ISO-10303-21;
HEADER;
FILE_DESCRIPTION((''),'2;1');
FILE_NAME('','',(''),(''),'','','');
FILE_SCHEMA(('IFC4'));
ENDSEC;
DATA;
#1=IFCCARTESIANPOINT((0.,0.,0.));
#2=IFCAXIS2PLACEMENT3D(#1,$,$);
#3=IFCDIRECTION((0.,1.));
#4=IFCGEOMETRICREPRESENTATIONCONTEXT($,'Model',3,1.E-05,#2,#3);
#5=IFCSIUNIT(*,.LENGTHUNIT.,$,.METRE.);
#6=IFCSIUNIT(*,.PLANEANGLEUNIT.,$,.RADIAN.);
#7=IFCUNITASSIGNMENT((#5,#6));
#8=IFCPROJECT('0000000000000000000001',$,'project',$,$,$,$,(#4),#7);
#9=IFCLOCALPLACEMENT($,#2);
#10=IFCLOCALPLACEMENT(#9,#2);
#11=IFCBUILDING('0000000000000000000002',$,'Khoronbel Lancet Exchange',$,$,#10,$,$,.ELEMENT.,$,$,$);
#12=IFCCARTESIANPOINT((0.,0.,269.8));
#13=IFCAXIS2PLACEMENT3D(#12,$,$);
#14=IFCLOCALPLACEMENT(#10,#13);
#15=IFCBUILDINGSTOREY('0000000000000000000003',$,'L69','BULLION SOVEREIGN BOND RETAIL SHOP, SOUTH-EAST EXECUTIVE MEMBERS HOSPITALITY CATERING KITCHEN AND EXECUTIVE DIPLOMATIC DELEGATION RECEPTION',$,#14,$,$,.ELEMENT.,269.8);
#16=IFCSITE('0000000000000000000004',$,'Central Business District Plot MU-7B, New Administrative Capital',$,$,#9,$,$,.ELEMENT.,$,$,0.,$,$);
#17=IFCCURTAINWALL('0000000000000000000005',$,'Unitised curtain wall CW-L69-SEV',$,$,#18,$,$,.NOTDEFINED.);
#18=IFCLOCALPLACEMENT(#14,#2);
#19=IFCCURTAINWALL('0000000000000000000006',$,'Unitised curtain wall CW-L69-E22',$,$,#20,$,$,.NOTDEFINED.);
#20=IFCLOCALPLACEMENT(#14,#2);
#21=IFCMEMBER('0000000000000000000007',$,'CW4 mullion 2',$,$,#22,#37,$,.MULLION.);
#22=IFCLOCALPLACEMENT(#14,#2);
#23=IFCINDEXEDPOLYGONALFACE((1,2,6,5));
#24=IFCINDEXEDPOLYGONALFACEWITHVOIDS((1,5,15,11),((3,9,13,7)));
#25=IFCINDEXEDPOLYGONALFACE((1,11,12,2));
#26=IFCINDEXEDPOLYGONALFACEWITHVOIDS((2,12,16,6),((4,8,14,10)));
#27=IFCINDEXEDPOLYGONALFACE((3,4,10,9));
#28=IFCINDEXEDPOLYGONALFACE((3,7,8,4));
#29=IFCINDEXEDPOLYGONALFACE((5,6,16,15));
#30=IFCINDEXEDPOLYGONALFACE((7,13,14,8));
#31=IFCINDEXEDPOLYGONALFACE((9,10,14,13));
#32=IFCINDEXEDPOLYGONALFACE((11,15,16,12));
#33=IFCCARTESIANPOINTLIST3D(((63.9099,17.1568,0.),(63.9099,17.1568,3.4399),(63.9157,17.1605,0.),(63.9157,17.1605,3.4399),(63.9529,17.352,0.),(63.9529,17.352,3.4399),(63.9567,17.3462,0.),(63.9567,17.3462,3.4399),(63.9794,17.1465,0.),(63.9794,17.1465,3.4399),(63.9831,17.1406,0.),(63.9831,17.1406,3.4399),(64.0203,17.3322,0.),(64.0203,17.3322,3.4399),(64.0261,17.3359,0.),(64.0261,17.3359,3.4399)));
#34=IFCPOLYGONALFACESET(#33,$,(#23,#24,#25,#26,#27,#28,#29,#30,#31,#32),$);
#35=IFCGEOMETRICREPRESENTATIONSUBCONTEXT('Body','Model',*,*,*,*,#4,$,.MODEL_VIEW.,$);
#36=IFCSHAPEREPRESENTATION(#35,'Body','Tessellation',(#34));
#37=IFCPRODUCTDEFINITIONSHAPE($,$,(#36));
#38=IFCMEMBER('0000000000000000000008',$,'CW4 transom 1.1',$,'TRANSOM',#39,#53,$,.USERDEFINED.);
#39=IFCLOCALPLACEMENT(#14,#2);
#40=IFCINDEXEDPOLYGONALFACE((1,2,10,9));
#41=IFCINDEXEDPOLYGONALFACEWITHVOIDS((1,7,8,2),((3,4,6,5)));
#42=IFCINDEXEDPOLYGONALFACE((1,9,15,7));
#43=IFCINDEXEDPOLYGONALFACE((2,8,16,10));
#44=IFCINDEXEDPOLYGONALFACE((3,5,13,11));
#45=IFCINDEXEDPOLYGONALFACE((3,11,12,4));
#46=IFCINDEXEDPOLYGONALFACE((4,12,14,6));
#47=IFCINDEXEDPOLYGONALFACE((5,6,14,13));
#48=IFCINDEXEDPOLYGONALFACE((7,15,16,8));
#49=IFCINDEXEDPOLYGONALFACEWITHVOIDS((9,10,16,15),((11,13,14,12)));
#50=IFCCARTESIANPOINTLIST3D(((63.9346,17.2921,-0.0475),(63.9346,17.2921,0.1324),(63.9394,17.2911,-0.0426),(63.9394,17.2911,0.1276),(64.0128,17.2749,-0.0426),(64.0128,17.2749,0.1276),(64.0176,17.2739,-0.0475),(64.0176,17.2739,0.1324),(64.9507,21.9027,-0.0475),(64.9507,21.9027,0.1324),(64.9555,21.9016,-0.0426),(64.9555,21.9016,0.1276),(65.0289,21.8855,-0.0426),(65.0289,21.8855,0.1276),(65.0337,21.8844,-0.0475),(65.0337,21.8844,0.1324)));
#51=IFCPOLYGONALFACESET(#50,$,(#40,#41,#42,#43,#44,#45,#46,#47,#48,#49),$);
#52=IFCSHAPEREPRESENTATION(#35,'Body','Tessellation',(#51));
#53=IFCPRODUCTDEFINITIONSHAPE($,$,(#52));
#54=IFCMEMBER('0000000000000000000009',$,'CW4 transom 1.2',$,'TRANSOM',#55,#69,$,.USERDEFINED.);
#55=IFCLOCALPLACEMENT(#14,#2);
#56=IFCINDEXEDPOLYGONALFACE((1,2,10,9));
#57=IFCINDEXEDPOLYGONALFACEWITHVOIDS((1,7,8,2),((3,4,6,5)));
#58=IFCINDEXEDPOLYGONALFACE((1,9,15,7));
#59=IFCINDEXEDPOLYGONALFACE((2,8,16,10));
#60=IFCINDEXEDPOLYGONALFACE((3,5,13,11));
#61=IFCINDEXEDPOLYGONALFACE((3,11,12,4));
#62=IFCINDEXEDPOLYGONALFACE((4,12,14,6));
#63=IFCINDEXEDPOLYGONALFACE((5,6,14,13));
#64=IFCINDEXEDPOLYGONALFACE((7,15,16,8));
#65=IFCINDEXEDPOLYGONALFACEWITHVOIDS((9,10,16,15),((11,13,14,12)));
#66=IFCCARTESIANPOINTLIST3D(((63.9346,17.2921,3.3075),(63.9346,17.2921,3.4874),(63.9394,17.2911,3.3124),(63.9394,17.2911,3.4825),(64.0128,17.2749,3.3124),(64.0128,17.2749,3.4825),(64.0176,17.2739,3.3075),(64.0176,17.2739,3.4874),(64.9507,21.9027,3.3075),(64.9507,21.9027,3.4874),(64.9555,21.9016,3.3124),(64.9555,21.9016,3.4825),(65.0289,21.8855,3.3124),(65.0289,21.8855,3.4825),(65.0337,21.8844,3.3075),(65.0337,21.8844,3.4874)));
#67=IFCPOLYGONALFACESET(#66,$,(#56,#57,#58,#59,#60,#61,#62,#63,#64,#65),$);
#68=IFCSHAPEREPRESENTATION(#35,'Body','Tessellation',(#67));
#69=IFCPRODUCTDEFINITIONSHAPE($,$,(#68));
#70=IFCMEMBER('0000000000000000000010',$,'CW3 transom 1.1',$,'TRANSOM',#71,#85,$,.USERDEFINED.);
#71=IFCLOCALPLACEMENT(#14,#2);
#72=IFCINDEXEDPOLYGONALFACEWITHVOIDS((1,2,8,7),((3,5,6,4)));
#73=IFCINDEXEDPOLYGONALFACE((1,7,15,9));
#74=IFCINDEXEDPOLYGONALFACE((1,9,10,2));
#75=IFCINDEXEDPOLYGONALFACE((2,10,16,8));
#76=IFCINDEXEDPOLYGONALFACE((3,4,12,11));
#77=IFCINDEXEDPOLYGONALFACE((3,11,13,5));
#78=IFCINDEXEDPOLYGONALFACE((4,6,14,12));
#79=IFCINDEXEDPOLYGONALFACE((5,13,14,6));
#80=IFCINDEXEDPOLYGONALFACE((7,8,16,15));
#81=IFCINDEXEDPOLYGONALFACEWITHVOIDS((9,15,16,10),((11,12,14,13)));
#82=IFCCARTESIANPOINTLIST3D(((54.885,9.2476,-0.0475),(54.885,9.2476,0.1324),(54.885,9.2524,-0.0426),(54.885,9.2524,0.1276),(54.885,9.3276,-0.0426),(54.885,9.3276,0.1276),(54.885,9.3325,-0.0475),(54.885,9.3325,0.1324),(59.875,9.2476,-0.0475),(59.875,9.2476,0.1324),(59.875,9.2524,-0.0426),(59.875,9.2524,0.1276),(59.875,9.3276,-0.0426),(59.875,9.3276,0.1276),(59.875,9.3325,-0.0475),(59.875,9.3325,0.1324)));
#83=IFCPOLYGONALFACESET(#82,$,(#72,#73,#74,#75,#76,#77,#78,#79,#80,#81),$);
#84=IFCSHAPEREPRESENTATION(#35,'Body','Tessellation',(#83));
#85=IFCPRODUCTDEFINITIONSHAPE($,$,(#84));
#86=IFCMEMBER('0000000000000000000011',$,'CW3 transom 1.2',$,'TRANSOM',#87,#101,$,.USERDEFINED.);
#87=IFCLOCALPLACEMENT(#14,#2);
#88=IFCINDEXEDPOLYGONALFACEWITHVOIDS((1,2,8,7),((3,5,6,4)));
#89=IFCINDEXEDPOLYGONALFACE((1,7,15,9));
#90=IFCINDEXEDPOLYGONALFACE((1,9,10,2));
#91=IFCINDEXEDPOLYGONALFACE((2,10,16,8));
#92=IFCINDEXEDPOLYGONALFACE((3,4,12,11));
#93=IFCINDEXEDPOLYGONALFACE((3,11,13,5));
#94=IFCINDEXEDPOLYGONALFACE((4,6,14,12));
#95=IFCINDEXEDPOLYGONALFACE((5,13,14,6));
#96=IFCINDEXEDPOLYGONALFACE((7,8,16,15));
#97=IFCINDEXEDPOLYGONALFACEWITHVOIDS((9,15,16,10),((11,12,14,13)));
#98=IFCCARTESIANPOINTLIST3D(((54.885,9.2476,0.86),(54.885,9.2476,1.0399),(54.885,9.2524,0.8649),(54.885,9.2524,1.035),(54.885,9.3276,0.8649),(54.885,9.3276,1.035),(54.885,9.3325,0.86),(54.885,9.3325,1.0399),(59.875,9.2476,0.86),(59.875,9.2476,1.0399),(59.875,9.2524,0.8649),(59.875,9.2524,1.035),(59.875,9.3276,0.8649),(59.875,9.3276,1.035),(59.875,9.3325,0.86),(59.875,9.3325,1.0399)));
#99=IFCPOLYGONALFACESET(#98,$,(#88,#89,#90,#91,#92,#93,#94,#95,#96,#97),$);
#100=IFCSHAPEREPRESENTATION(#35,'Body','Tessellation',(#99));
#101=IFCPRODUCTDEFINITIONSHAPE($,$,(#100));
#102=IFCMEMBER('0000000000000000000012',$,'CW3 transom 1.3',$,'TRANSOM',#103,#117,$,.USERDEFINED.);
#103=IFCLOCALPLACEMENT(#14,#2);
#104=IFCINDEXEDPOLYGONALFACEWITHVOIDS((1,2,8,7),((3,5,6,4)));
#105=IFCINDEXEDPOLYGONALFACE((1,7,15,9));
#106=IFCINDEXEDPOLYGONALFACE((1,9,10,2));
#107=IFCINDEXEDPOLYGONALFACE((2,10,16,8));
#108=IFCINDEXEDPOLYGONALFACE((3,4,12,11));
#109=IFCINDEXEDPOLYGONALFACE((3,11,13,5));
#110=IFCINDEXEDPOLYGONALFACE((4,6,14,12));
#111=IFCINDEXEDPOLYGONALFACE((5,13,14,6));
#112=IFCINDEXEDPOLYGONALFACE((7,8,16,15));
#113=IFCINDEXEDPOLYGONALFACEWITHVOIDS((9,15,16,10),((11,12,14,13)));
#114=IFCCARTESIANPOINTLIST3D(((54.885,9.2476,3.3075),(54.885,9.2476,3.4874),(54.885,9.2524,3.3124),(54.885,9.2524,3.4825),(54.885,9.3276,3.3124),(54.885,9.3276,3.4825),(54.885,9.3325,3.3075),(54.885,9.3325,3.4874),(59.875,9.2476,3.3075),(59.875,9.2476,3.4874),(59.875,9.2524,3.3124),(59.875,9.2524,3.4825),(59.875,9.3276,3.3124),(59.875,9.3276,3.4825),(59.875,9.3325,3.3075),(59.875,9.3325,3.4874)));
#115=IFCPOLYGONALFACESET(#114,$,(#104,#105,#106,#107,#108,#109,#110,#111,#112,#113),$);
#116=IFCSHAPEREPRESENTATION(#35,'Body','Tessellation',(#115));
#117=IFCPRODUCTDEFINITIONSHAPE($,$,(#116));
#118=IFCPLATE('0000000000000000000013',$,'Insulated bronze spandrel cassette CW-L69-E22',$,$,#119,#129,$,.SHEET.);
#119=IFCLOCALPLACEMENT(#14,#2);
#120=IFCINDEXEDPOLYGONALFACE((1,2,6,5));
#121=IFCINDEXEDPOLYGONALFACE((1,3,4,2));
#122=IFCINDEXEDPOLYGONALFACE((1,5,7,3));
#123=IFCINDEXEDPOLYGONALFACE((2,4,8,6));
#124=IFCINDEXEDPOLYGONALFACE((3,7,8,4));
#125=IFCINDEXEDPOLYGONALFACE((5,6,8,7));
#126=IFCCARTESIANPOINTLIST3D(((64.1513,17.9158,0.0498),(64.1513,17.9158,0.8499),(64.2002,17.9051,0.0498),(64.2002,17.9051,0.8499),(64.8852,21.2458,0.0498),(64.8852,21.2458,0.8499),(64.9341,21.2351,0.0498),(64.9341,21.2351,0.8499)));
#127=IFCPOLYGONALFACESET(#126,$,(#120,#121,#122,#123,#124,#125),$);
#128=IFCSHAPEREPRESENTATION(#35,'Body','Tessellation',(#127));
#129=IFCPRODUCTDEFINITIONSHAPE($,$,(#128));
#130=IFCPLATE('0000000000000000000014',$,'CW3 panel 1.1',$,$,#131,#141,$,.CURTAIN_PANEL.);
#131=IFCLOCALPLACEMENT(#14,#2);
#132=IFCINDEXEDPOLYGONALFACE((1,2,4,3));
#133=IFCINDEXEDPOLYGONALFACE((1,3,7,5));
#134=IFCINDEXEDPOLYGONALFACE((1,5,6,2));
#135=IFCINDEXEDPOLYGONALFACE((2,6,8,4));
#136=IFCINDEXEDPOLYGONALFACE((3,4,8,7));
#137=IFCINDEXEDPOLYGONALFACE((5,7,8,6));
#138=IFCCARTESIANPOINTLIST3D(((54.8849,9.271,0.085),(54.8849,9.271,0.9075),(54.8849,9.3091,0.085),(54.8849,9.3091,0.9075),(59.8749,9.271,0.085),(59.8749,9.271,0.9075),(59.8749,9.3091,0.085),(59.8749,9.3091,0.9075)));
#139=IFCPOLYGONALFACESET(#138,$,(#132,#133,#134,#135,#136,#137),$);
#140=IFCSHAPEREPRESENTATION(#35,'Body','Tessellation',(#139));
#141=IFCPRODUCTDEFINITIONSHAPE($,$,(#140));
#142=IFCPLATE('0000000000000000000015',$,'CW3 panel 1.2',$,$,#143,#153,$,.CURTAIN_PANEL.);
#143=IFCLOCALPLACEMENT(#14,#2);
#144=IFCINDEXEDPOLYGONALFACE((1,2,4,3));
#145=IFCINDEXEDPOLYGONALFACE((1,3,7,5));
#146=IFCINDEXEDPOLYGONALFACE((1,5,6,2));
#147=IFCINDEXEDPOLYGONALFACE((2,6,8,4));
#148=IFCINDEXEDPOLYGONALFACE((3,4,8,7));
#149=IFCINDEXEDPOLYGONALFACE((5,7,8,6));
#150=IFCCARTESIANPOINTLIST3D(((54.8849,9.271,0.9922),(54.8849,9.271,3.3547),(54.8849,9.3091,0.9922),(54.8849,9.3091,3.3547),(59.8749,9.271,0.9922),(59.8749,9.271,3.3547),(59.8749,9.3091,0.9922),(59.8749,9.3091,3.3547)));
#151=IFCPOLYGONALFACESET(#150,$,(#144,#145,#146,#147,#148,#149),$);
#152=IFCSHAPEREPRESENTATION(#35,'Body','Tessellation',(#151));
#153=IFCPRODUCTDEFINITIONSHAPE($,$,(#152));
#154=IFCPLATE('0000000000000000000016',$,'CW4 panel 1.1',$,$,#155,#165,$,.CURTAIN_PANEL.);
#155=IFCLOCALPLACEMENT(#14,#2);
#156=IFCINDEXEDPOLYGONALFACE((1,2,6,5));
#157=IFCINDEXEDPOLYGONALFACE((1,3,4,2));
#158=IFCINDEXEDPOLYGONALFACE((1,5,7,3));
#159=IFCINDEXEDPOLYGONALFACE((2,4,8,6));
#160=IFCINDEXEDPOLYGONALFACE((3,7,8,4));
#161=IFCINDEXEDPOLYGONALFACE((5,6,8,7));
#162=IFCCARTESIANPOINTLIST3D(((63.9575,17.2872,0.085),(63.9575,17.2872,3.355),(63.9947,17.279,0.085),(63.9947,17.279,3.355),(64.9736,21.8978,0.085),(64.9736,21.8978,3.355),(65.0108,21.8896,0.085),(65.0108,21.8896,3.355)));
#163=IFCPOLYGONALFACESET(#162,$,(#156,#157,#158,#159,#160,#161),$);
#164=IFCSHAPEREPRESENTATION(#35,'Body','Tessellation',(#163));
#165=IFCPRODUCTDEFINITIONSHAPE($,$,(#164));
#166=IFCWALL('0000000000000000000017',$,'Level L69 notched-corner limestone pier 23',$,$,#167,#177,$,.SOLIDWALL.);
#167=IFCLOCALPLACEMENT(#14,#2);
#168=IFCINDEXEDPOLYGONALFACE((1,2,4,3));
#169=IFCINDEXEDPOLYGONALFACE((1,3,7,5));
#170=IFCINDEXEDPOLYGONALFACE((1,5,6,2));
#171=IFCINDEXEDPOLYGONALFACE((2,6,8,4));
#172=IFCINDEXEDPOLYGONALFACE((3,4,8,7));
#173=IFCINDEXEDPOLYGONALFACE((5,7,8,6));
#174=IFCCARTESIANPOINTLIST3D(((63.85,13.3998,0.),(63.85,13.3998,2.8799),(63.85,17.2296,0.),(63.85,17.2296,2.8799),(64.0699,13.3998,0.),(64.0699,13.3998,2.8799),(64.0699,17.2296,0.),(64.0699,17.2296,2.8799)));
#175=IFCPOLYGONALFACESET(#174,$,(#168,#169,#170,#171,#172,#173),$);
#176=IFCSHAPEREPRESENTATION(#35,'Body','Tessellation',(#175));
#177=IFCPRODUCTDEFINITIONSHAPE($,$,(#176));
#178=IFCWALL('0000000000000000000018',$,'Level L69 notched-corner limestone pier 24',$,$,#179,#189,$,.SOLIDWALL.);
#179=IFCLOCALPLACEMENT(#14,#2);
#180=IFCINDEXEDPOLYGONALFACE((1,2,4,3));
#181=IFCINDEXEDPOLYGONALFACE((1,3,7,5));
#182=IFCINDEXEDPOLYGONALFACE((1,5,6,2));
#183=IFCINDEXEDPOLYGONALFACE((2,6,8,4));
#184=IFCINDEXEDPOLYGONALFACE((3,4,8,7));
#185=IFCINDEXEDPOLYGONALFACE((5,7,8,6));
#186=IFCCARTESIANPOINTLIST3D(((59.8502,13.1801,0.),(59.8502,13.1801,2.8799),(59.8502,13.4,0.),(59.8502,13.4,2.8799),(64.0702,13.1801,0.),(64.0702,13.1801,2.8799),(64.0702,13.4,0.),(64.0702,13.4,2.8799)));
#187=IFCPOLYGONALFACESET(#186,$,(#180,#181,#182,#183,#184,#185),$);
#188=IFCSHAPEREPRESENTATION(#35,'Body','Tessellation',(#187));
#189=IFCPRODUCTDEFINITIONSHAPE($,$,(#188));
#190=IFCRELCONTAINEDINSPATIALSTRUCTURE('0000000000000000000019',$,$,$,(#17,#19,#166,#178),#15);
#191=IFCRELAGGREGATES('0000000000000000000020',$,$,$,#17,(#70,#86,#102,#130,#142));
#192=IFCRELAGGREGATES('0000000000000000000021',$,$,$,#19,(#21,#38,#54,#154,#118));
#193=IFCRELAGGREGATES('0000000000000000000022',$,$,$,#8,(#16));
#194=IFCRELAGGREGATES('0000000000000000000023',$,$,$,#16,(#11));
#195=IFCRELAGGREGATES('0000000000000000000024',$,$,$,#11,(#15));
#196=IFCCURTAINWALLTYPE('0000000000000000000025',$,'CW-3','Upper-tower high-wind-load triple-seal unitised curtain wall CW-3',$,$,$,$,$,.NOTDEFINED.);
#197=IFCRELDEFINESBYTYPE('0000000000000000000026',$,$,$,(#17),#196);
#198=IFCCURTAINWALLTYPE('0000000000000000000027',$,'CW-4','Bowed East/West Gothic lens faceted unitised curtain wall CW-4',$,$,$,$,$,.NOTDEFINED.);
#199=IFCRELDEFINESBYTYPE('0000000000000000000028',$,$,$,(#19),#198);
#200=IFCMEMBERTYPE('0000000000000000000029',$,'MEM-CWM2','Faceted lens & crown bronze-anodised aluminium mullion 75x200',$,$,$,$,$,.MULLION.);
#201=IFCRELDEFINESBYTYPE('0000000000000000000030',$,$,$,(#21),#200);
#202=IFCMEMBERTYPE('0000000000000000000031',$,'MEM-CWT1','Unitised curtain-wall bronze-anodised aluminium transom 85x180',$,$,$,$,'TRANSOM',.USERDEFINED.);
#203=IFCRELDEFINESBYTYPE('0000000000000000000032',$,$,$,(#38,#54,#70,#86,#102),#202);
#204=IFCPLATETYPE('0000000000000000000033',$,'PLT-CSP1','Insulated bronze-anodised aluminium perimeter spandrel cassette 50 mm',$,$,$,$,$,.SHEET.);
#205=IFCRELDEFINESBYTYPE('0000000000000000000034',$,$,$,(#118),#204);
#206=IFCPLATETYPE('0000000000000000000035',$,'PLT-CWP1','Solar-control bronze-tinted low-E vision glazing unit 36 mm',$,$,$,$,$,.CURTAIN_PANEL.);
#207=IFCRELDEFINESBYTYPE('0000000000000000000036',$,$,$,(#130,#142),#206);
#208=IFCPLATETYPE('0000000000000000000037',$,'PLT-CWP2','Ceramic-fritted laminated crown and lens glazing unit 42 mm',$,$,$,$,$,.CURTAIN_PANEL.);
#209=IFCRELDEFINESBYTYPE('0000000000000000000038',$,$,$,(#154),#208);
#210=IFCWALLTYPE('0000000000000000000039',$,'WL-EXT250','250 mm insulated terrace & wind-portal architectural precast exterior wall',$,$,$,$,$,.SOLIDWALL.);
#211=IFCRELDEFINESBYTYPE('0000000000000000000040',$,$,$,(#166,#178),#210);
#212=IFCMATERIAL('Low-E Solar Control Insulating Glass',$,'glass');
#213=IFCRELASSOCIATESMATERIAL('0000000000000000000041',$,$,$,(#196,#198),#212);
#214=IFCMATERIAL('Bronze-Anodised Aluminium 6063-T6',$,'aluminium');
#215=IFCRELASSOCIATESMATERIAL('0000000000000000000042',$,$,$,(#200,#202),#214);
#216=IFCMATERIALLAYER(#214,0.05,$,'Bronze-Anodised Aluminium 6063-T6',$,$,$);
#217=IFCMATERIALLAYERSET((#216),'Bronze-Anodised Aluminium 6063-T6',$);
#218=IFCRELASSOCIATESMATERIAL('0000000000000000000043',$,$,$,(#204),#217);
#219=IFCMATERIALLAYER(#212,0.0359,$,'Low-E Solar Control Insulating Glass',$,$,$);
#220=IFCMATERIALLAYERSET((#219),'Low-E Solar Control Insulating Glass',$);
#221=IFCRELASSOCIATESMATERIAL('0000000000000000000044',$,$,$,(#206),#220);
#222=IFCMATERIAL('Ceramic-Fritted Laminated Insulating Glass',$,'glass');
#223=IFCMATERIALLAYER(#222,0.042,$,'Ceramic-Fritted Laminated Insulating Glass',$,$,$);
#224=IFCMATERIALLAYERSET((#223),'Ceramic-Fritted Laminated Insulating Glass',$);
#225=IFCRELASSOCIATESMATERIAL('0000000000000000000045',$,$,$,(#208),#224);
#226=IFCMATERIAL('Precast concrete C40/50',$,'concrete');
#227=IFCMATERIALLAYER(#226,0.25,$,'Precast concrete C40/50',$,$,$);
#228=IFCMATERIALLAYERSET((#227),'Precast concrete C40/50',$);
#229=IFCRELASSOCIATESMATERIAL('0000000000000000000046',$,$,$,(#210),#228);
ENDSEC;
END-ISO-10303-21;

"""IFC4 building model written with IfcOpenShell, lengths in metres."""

from ifc_helpers import new_model, si_unit, direction, frame, frame_2d, origin, origin_2d, place, context, subcontext, project, spatial, rectangle, hollow_rectangle, extrude, material, layer, layer_set, material_profile, profile_set, type_object, element, aggregate, save


model = new_model("IFC4")

# Units and contexts
model_context = context("Model", 3, precision=1e-05, world=origin(), true_north=direction((0.0, 1.0)))
body_context = subcontext(model_context, "Body", "Model", "MODEL_VIEW")
ifc_project = project(units=[si_unit("LENGTHUNIT", "METRE"), si_unit("PLANEANGLEUNIT", "RADIAN")], contexts=[model_context])

# Site, building, storey
site_placement = place(None, origin())
site = spatial("IfcSite", under=ifc_project, at=site_placement, Name="Central Business District Plot MU-7B, New Administrative Capital", CompositionType="ELEMENT", RefElevation=0.0)
building_placement = place(site_placement, origin())
building = spatial("IfcBuilding", under=site, at=building_placement, Name="Khoronbel Lancet Exchange", CompositionType="ELEMENT")
storey_placement = place(building_placement, frame((0.0, 0.0, 269.8)))
storey = spatial("IfcBuildingStorey", under=building, at=storey_placement, Name="L69", Description="BULLION SOVEREIGN BOND RETAIL SHOP, SOUTH-EAST EXECUTIVE MEMBERS HOSPITALITY CATERING KITCHEN AND EXECUTIVE DIPLOMATIC DELEGATION RECEPTION", CompositionType="ELEMENT", Elevation=269.8)

# Shared definitions
ifc_material_1 = material(Name="Low-E Solar Control Insulating Glass", Category="glass")
curtain_wall_type_1 = type_object("IfcCurtainWallType", Name="CW-3", Description="Upper-tower high-wind-load triple-seal unitised curtain wall CW-3", PredefinedType="NOTDEFINED", material=ifc_material_1)
ifc_material_2 = material(Name="Bronze-Anodised Aluminium 6063-T6", Category="aluminium")

# Curtain wall
curtain_wall_1_placement = place(storey_placement, origin())
curtain_wall_1 = element("IfcCurtainWall", 1, at=curtain_wall_1_placement, inside=storey, type_object=curtain_wall_type_1, Name="Unitised curtain wall CW-L69-SEV", PredefinedType="NOTDEFINED")

# Shared definitions
curtain_wall_type_2 = type_object("IfcCurtainWallType", Name="CW-4", Description="Bowed East/West Gothic lens faceted unitised curtain wall CW-4", PredefinedType="NOTDEFINED", material=ifc_material_1)
ifc_material_profile_1 = material_profile(ifc_material_2, hollow_rectangle(XDim=0.075, YDim=0.2, WallThickness=0.0049, at=origin_2d()), Name="ALU MULLION 75x200")
ifc_profile_set_1 = profile_set([ifc_material_profile_1], Name="Bronze-Anodised Aluminium 6063-T6")
member_type_1 = type_object("IfcMemberType", Name="MEM-CWM2", Description="Faceted lens & crown bronze-anodised aluminium mullion 75x200", PredefinedType="MULLION", material=ifc_profile_set_1)

# Curtain wall, members
curtain_wall_2_placement = place(storey_placement, origin())
curtain_wall_2 = element("IfcCurtainWall", 2, at=curtain_wall_2_placement, inside=storey, type_object=curtain_wall_type_2, Name="Unitised curtain wall CW-L69-E22", PredefinedType="NOTDEFINED")
member_1_placement = place(storey_placement, frame((63.968, 17.2463, 0.0), z_axis=(0.0, 0.0, 1.0), x_axis=(0.976565, -0.215222, 0.0)))
member_1 = element("IfcMember", 3, at=member_1_placement, type_object=member_type_1, Name="CW4 mullion 2", PredefinedType="MULLION", context=body_context, shape_type="SweptSolid", body=[
    extrude(hollow_rectangle(XDim=0.075, YDim=0.2, WallThickness=0.0049, at=origin_2d()), origin(), (0.0, 0.0, 1.0), 3.4399),
])
ifc_material_profile_2 = material_profile(ifc_material_2, hollow_rectangle(XDim=0.085, YDim=0.1799, WallThickness=0.0049, at=origin_2d()), Name="ALU TRANSOM 85x180")
ifc_profile_set_2 = profile_set([ifc_material_profile_2], Name="Bronze-Anodised Aluminium 6063-T6")
member_type_2 = type_object("IfcMemberType", Name="MEM-CWT1", Description="Unitised curtain-wall bronze-anodised aluminium transom 85x180", ElementType="TRANSOM", PredefinedType="USERDEFINED", material=ifc_profile_set_2)
member_2_placement = place(storey_placement, frame((64.9922, 21.8936, 0.0425), z_axis=(-0.215222, -0.976565, 0.0), x_axis=(0.976565, -0.215222, 0.0)))
member_2 = element("IfcMember", 4, at=member_2_placement, type_object=member_type_2, Name="CW4 transom 1.1", ObjectType="TRANSOM", PredefinedType="USERDEFINED", context=body_context, shape_type="SweptSolid", body=[
    extrude(hollow_rectangle(XDim=0.085, YDim=0.1799, WallThickness=0.0049, at=origin_2d()), origin(), (0.0, 0.0, 1.0), 4.7212),
])
member_3_placement = place(storey_placement, frame((64.9922, 21.8936, 3.3975), z_axis=(-0.215222, -0.976565, 0.0), x_axis=(0.976565, -0.215222, 0.0)))
member_3 = element("IfcMember", 5, at=member_3_placement, type_object=member_type_2, Name="CW4 transom 1.2", ObjectType="TRANSOM", PredefinedType="USERDEFINED", context=body_context, shape_type="SweptSolid", body=[
    extrude(hollow_rectangle(XDim=0.085, YDim=0.1799, WallThickness=0.0049, at=origin_2d()), origin(), (0.0, 0.0, 1.0), 4.7212),
])

# Members
member_4_placement = place(storey_placement, frame((54.885, 9.29, 0.0425), z_axis=(1.0, 0.0, 0.0), x_axis=(0.0, 1.0, 0.0)))
member_4 = element("IfcMember", 6, at=member_4_placement, type_object=member_type_2, Name="CW3 transom 1.1", ObjectType="TRANSOM", PredefinedType="USERDEFINED", context=body_context, shape_type="SweptSolid", body=[
    extrude(hollow_rectangle(XDim=0.085, YDim=0.1799, WallThickness=0.0049, at=origin_2d()), origin(), (0.0, 0.0, 1.0), 4.99),
])
member_5_placement = place(storey_placement, frame((54.885, 9.29, 0.95), z_axis=(1.0, 0.0, 0.0), x_axis=(0.0, 1.0, 0.0)))
member_5 = element("IfcMember", 7, at=member_5_placement, type_object=member_type_2, Name="CW3 transom 1.2", ObjectType="TRANSOM", PredefinedType="USERDEFINED", context=body_context, shape_type="SweptSolid", body=[
    extrude(hollow_rectangle(XDim=0.085, YDim=0.1799, WallThickness=0.0049, at=origin_2d()), origin(), (0.0, 0.0, 1.0), 4.99),
])
member_6_placement = place(storey_placement, frame((54.885, 9.29, 3.3975), z_axis=(1.0, 0.0, 0.0), x_axis=(0.0, 1.0, 0.0)))
member_6 = element("IfcMember", 8, at=member_6_placement, type_object=member_type_2, Name="CW3 transom 1.3", ObjectType="TRANSOM", PredefinedType="USERDEFINED", context=body_context, shape_type="SweptSolid", body=[
    extrude(hollow_rectangle(XDim=0.085, YDim=0.1799, WallThickness=0.0049, at=origin_2d()), origin(), (0.0, 0.0, 1.0), 4.99),
])

# Plates
ifc_layer_1 = layer(ifc_material_2, 0.05, Name="Bronze-Anodised Aluminium 6063-T6")
ifc_layer_set_1 = layer_set([ifc_layer_1], Name="Bronze-Anodised Aluminium 6063-T6")
plate_type_1 = type_object("IfcPlateType", Name="PLT-CSP1", Description="Insulated bronze-anodised aluminium perimeter spandrel cassette 50 mm", PredefinedType="SHEET", material=ifc_layer_set_1)
plate_1_placement = place(storey_placement, frame((64.5427, 19.5754, 0.0498), z_axis=(0.0, 0.0, 1.0), x_axis=(-0.215222, -0.976565, 0.0)))
plate_1 = element("IfcPlate", 9, at=plate_1_placement, type_object=plate_type_1, Name="Insulated bronze spandrel cassette CW-L69-E22", PredefinedType="SHEET", context=body_context, shape_type="SweptSolid", body=[
    extrude(rectangle(XDim=3.4099, YDim=0.05, at=origin_2d()), origin(), (0.0, 0.0, 1.0), 0.8),
])
ifc_layer_2 = layer(ifc_material_1, 0.0359, Name="Low-E Solar Control Insulating Glass")
ifc_layer_set_2 = layer_set([ifc_layer_2], Name="Low-E Solar Control Insulating Glass")
plate_type_2 = type_object("IfcPlateType", Name="PLT-CWP1", Description="Solar-control bronze-tinted low-E vision glazing unit 36 mm", PredefinedType="CURTAIN_PANEL", material=ifc_layer_set_2)
plate_2_placement = place(storey_placement, frame((57.3799, 9.29, 0.085), z_axis=(0.0, 0.0, 1.0), x_axis=(1.0, 0.0, 0.0)))
plate_2 = element("IfcPlate", 10, at=plate_2_placement, type_object=plate_type_2, Name="CW3 panel 1.1", PredefinedType="CURTAIN_PANEL", context=body_context, shape_type="SweptSolid", body=[
    extrude(rectangle(XDim=4.99, YDim=0.0381, at=origin_2d()), origin(), (0.0, 0.0, 1.0), 0.8225),
])
plate_3_placement = place(storey_placement, frame((57.3799, 9.29, 0.9922), z_axis=(0.0, 0.0, 1.0), x_axis=(1.0, 0.0, 0.0)))
plate_3 = element("IfcPlate", 11, at=plate_3_placement, type_object=plate_type_2, Name="CW3 panel 1.2", PredefinedType="CURTAIN_PANEL", context=body_context, shape_type="SweptSolid", body=[
    extrude(rectangle(XDim=4.99, YDim=0.0381, at=origin_2d()), origin(), (0.0, 0.0, 1.0), 2.3625),
])
aggregate(curtain_wall_1, [member_4, member_5, member_6, plate_2, plate_3])
ifc_material_3 = material(Name="Ceramic-Fritted Laminated Insulating Glass", Category="glass")
ifc_layer_3 = layer(ifc_material_3, 0.042, Name="Ceramic-Fritted Laminated Insulating Glass")
ifc_layer_set_3 = layer_set([ifc_layer_3], Name="Ceramic-Fritted Laminated Insulating Glass")
plate_type_3 = type_object("IfcPlateType", Name="PLT-CWP2", Description="Ceramic-fritted laminated crown and lens glazing unit 42 mm", PredefinedType="CURTAIN_PANEL", material=ifc_layer_set_3)
plate_4_placement = place(storey_placement, frame((64.4841, 19.5884, 0.085), z_axis=(0.0, 0.0, 1.0), x_axis=(-0.215222, -0.976565, 0.0)))
plate_4 = element("IfcPlate", 12, at=plate_4_placement, type_object=plate_type_3, Name="CW4 panel 1.1", PredefinedType="CURTAIN_PANEL", context=body_context, shape_type="SweptSolid", body=[
    extrude(rectangle(XDim=4.7212, YDim=0.0381, at=origin_2d()), origin(), (0.0, 0.0, 1.0), 3.27),
])
aggregate(curtain_wall_2, [member_1, member_2, member_3, plate_4, plate_1])

# Walls
ifc_material_4 = material(Name="Precast concrete C40/50", Category="concrete")
ifc_layer_4 = layer(ifc_material_4, 0.25, Name="Precast concrete C40/50")
ifc_layer_set_4 = layer_set([ifc_layer_4], Name="Precast concrete C40/50")
wall_type_1 = type_object("IfcWallType", Name="WL-EXT250", Description="250 mm insulated terrace & wind-portal architectural precast exterior wall", PredefinedType="SOLIDWALL", material=ifc_layer_set_4)
wall_1_placement = place(storey_placement, frame((63.96, 17.2297, 0.0), z_axis=(0.0, 0.0, 1.0), x_axis=(0.0, -1.0, 0.0)))
element("IfcWall", 13, at=wall_1_placement, inside=storey, type_object=wall_type_1, Name="Level L69 notched-corner limestone pier 23", PredefinedType="SOLIDWALL", context=body_context, shape_type="SweptSolid", body=[
    extrude(rectangle(XDim=3.8298, YDim=0.22, at=frame_2d((1.915, 0.0))), origin(), (0.0, 0.0, 1.0), 2.8799),
])
wall_2_placement = place(storey_placement, frame((64.0701, 13.29, 0.0), z_axis=(0.0, 0.0, 1.0), x_axis=(-1.0, 0.0, 0.0)))
element("IfcWall", 14, at=wall_2_placement, inside=storey, type_object=wall_type_1, Name="Level L69 notched-corner limestone pier 24", PredefinedType="SOLIDWALL", context=body_context, shape_type="SweptSolid", body=[
    extrude(rectangle(XDim=4.22, YDim=0.22, at=frame_2d((2.1099, 0.0))), origin(), (0.0, 0.0, 1.0), 2.8799),
])

save(model, "model.ifc")
